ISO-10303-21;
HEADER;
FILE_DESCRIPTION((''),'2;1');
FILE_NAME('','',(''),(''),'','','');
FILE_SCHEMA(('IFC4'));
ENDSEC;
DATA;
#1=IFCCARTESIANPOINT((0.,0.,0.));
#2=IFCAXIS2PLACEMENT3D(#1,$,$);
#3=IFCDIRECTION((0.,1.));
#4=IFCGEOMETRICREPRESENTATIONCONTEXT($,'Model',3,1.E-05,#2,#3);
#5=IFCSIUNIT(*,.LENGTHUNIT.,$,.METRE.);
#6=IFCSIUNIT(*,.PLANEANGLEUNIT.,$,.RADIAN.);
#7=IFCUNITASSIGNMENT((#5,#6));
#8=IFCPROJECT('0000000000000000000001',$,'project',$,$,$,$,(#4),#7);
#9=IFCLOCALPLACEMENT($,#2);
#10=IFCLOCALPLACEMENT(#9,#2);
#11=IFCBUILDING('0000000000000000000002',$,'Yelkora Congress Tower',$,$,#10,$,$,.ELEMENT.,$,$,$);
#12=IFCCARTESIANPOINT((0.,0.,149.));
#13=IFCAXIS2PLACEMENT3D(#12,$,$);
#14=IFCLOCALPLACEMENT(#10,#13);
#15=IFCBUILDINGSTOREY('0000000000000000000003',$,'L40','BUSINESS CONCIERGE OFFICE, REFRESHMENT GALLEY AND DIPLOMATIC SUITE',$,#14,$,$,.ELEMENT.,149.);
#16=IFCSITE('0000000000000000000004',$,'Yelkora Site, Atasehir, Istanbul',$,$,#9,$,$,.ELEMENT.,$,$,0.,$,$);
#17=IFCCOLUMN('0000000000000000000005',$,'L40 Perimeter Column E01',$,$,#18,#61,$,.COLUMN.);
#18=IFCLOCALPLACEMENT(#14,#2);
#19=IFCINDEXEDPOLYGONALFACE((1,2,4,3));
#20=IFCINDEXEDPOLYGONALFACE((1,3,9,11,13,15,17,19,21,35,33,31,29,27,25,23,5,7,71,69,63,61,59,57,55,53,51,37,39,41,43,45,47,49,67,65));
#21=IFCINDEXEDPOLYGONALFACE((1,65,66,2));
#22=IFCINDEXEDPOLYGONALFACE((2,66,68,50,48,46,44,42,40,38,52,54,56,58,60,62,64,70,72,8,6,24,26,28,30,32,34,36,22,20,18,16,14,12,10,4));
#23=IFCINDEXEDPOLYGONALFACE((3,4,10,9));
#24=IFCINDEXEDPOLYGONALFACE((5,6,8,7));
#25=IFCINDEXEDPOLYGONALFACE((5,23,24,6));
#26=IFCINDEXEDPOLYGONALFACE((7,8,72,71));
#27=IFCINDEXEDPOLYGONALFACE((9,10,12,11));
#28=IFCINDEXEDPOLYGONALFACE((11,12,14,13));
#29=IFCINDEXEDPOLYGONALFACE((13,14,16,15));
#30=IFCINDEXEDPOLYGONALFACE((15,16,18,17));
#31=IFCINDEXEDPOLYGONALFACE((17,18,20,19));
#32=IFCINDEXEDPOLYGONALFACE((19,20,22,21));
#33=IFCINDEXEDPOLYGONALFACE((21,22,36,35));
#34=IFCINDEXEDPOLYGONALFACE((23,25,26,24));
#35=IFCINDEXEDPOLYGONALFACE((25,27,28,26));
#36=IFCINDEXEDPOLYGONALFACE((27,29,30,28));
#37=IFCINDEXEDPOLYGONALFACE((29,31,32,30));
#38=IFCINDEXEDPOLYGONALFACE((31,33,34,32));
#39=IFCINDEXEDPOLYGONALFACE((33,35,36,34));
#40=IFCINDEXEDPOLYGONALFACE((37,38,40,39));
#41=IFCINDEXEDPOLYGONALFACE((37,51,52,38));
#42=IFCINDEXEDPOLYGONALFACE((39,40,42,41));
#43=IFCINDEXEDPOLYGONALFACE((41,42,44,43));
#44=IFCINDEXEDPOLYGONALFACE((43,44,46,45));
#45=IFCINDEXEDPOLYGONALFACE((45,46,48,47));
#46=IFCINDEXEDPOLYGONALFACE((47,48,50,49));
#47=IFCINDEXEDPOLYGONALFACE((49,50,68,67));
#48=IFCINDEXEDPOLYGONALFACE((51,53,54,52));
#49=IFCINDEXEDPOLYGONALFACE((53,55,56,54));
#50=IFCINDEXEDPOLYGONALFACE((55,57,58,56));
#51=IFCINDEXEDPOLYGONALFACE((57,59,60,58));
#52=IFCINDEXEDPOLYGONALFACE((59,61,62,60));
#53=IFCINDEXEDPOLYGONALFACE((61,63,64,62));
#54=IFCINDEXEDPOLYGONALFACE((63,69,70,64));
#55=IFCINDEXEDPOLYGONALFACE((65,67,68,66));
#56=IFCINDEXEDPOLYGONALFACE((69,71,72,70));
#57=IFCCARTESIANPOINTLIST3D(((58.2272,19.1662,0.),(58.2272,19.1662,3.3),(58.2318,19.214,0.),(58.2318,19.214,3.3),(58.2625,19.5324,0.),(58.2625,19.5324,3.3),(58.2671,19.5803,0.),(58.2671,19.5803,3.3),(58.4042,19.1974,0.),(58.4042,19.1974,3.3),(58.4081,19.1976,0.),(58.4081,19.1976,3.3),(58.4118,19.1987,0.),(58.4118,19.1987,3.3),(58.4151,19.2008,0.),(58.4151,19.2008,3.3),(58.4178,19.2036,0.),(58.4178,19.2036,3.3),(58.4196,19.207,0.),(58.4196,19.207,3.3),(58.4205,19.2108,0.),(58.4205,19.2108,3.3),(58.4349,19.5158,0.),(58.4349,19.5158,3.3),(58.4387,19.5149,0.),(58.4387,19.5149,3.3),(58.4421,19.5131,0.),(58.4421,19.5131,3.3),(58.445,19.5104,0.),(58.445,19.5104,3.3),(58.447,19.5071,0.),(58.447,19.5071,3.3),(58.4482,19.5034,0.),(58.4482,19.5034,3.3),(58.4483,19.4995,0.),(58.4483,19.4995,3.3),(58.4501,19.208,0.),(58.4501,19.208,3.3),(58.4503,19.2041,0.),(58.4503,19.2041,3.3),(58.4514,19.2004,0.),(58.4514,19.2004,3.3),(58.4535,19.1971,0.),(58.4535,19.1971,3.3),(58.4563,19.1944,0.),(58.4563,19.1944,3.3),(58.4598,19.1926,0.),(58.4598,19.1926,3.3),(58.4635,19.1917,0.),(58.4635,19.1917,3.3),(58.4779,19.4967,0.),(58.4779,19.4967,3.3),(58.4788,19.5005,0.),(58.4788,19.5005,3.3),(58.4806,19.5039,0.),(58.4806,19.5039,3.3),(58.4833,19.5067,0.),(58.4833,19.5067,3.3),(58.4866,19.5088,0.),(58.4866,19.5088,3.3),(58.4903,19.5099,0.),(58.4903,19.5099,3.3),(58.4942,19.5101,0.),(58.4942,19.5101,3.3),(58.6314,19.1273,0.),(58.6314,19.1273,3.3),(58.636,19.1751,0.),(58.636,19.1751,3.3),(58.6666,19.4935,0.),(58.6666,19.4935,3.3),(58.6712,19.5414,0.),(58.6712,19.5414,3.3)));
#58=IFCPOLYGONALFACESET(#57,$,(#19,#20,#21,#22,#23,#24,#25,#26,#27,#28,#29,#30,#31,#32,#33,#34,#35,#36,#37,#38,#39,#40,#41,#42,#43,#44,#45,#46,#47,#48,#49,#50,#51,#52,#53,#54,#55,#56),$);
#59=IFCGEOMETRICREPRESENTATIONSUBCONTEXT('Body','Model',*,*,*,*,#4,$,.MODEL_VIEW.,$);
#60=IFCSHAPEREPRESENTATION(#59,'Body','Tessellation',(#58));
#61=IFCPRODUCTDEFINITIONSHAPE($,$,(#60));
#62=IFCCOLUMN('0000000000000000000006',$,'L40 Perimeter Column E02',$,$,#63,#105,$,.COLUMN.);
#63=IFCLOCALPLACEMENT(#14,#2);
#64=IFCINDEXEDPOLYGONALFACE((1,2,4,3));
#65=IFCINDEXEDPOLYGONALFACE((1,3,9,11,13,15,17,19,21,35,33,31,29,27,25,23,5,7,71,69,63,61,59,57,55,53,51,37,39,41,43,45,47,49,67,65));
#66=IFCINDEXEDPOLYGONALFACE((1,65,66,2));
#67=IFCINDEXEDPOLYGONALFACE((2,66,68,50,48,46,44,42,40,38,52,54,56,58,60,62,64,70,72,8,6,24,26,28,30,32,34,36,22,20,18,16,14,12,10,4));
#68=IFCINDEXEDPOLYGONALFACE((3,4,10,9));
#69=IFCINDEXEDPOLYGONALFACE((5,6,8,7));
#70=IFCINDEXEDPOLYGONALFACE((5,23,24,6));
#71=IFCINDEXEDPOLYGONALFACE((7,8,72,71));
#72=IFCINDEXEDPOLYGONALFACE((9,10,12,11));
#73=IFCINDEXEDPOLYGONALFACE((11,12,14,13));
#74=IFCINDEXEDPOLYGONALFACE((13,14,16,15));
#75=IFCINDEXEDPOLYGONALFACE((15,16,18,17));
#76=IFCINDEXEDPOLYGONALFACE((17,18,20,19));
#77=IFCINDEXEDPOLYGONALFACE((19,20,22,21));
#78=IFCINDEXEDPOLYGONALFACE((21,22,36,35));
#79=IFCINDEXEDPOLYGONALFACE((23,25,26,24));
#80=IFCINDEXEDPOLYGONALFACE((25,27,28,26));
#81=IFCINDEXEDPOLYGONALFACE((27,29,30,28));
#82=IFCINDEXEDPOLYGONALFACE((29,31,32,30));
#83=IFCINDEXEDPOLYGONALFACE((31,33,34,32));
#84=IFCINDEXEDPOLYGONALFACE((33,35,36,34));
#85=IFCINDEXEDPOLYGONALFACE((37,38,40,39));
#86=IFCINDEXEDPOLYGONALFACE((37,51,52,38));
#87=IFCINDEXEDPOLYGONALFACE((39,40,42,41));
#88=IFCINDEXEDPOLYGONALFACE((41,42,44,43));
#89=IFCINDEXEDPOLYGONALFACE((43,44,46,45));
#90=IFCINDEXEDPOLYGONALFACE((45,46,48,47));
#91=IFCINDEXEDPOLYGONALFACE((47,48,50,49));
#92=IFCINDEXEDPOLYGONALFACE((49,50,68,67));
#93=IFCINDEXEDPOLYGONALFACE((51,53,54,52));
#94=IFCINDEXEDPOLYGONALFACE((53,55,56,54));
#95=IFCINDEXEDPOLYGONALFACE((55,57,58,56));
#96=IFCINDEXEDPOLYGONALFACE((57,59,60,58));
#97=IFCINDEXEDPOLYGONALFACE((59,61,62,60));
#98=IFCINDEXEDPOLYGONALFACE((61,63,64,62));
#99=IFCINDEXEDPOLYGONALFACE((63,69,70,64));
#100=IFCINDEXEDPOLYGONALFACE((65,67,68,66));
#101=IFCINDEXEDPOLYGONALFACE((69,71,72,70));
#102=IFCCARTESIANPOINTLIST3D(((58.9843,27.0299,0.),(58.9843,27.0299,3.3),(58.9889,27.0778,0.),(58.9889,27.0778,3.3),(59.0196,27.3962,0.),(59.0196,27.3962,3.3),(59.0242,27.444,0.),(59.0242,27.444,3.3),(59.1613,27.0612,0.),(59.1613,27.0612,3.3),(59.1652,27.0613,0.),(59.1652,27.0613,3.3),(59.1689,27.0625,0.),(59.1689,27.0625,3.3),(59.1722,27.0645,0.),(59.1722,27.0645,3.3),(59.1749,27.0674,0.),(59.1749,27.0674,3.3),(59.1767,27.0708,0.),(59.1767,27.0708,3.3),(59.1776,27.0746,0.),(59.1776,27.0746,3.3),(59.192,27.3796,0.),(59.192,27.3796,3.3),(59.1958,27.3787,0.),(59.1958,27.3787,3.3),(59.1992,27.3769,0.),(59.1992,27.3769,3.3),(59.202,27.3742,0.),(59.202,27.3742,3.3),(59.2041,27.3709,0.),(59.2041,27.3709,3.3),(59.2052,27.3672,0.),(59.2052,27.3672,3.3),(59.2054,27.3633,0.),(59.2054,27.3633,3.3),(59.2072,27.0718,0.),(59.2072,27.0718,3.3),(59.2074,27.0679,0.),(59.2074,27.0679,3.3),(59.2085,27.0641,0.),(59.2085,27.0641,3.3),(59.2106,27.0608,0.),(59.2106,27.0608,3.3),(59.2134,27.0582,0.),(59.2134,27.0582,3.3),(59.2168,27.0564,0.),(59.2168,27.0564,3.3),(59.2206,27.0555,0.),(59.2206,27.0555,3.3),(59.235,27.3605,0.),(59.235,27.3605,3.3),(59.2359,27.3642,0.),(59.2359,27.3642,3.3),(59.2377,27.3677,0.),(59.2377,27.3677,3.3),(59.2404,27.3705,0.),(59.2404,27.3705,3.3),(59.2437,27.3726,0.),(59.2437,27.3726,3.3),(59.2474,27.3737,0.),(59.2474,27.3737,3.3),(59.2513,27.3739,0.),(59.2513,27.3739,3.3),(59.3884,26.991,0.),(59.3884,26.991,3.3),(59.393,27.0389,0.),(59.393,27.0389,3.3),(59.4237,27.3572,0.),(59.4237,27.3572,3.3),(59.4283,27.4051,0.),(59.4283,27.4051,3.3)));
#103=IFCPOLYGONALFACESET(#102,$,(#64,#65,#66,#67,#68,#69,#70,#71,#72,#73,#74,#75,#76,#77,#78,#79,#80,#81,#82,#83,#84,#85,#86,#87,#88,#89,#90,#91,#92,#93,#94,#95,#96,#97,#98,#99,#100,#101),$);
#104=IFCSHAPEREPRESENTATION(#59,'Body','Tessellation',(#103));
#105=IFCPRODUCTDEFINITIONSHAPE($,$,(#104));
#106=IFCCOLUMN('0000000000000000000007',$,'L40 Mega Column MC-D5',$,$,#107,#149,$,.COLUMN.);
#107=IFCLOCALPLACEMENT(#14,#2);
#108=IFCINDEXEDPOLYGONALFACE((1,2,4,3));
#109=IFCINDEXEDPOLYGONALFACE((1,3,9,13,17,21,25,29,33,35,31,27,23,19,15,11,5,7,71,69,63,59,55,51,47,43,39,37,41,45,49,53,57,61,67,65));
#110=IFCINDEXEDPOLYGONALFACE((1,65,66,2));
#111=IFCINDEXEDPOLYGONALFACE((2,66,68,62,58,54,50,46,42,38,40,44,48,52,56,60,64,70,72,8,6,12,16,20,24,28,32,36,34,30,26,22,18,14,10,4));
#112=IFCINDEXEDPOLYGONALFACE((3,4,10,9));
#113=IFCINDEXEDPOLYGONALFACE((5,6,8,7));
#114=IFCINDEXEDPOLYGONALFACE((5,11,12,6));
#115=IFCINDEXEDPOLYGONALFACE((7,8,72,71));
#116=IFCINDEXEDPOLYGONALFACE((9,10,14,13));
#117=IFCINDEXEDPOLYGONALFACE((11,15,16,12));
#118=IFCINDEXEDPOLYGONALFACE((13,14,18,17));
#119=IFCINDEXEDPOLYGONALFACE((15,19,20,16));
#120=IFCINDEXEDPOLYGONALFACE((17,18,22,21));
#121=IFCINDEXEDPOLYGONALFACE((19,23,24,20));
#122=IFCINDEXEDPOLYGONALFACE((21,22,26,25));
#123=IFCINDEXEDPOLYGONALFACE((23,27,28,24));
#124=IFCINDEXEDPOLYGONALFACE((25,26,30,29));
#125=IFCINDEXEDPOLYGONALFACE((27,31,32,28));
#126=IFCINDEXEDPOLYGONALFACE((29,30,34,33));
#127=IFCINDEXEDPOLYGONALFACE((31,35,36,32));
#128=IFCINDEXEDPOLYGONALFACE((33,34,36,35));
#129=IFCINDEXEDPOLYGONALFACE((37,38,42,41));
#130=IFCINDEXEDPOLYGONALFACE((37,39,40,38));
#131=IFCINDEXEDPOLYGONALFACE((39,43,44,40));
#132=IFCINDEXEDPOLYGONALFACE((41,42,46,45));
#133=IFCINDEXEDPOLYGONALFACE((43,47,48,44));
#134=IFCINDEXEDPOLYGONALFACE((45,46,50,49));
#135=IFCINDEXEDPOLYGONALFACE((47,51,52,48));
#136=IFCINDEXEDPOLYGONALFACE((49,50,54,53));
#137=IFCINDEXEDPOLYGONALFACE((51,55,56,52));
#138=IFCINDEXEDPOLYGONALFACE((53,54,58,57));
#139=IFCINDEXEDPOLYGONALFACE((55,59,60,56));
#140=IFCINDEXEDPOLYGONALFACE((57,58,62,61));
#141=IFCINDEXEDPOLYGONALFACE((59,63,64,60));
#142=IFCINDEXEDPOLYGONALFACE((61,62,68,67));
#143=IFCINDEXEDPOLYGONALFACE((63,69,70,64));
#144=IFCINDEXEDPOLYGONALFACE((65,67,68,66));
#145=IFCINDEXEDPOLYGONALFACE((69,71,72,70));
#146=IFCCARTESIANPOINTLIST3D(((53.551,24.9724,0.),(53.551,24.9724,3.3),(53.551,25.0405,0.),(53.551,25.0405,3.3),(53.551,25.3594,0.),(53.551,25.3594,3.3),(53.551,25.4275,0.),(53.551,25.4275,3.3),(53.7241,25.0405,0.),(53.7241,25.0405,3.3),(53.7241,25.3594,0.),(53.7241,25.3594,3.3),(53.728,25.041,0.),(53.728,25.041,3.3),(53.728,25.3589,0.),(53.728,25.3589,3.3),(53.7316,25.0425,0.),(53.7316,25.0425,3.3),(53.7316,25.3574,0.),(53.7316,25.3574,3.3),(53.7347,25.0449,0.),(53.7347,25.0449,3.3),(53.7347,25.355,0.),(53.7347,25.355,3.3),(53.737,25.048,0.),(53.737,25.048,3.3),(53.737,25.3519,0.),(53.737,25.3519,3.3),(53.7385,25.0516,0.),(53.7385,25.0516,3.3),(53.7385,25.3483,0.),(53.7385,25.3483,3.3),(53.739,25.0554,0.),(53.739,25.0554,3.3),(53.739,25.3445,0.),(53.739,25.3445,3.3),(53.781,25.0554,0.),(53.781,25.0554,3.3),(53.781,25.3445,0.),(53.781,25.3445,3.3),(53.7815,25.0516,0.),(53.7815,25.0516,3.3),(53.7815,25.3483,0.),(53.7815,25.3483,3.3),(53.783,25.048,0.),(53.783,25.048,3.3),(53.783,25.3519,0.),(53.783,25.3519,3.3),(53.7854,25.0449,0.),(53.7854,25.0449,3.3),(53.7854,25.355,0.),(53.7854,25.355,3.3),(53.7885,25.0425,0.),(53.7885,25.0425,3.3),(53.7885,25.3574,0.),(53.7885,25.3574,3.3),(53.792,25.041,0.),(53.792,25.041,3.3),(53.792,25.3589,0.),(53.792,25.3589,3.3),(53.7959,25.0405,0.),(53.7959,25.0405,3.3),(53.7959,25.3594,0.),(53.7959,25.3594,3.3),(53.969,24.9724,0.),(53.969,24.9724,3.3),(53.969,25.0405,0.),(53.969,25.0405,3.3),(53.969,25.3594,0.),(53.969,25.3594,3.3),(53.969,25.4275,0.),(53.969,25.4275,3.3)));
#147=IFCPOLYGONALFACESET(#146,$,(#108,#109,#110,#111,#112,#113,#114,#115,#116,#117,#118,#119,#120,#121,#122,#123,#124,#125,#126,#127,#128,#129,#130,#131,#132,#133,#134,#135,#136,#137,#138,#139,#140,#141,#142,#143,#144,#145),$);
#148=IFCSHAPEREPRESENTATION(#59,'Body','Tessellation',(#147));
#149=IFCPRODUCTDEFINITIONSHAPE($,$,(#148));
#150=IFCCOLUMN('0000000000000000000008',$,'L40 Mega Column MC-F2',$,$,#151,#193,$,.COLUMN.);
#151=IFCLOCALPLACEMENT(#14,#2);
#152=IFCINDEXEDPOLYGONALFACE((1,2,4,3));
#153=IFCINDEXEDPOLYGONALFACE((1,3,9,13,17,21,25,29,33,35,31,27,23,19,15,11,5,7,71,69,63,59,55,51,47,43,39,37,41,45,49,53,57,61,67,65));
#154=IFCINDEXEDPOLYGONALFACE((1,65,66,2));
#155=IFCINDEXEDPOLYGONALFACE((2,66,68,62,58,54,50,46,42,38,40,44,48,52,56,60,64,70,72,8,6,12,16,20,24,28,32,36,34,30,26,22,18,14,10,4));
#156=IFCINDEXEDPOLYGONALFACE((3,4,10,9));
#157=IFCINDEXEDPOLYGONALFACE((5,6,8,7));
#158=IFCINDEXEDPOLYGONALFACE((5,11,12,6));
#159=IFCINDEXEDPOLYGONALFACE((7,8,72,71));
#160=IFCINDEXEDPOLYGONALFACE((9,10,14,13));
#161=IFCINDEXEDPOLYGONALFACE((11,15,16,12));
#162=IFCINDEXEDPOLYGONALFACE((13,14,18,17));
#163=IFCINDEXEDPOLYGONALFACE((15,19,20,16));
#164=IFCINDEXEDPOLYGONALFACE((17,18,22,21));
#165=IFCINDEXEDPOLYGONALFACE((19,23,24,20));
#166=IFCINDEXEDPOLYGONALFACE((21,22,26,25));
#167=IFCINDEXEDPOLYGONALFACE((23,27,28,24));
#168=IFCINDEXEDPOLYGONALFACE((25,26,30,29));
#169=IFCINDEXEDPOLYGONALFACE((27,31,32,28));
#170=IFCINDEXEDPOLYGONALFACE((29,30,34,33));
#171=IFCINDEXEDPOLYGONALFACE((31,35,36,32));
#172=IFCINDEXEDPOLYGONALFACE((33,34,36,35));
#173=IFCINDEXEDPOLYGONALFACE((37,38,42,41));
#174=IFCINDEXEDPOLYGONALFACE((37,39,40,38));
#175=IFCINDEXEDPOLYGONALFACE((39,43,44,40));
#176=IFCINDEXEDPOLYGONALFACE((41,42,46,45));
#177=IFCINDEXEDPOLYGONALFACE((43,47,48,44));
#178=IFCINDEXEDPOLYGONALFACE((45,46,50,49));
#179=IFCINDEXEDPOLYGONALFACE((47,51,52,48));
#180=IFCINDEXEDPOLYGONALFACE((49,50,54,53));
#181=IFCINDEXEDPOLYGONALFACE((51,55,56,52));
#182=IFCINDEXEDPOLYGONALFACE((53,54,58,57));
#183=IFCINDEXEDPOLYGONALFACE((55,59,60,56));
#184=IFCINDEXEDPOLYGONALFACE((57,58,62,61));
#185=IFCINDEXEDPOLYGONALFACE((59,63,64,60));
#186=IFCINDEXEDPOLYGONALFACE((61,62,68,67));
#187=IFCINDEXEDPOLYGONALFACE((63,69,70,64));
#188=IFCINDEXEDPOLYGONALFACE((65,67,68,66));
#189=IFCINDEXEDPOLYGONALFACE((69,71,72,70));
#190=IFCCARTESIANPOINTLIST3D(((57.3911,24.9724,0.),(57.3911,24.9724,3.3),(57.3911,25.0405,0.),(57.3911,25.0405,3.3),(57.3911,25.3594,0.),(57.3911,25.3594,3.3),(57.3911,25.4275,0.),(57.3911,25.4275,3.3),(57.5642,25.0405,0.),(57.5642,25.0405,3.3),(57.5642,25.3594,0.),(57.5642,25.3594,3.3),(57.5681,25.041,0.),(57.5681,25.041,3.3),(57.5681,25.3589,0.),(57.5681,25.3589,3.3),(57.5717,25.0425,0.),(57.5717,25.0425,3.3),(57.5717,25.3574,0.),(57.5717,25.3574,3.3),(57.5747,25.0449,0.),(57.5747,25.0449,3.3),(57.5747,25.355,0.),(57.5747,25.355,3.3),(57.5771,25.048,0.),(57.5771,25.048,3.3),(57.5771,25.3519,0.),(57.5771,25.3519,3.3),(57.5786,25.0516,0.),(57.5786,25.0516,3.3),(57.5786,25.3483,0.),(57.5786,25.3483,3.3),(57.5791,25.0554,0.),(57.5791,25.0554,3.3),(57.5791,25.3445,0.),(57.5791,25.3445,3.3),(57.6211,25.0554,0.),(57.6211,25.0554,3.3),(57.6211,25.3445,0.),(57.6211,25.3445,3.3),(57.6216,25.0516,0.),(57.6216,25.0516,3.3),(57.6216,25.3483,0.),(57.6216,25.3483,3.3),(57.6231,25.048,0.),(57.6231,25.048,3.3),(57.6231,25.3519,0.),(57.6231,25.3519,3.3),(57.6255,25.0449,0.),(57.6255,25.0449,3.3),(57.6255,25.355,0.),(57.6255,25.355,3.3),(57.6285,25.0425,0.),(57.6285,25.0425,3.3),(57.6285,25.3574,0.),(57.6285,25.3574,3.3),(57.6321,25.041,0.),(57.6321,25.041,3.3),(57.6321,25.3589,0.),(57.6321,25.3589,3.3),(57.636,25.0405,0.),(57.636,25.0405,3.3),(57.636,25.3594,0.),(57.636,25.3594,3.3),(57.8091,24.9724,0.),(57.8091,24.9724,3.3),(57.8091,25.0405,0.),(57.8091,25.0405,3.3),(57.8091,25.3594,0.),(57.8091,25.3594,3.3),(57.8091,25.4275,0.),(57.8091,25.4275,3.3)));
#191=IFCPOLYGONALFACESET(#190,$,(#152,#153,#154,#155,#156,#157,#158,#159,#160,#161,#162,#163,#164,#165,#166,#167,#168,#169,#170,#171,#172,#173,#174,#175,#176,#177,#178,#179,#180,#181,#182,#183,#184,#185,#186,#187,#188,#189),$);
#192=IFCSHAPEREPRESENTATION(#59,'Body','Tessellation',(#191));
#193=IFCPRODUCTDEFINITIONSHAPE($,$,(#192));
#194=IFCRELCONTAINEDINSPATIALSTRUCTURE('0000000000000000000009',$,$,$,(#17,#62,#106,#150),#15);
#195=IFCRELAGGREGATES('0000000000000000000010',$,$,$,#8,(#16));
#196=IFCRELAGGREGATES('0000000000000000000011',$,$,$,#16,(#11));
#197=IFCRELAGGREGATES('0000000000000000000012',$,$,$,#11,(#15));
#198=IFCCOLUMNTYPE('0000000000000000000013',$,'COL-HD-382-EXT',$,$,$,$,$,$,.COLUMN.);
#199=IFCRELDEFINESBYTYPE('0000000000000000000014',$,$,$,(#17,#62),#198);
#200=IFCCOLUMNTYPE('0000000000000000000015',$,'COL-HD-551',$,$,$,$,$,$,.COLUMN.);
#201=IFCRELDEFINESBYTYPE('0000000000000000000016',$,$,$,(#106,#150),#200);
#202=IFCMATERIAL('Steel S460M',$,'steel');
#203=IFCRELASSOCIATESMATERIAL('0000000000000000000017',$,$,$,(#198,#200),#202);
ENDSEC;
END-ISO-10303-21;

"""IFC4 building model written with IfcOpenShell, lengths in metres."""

from ifc_helpers import new_model, si_unit, direction, frame, origin, origin_2d, place, context, subcontext, project, spatial, i_section, extrude, material, material_profile, profile_set, type_object, element, save


model = new_model("IFC4")

# Units and contexts
model_context = context("Model", 3, precision=1e-05, world=origin(), true_north=direction((0.0, 1.0)))
body_context = subcontext(model_context, "Body", "Model", "MODEL_VIEW")
ifc_project = project(units=[si_unit("LENGTHUNIT", "METRE"), si_unit("PLANEANGLEUNIT", "RADIAN")], contexts=[model_context])

# Site, building, storey
site_placement = place(None, origin())
site = spatial("IfcSite", under=ifc_project, at=site_placement, Name="Yelkora Site, Atasehir, Istanbul", CompositionType="ELEMENT", RefElevation=0.0)
building_placement = place(site_placement, origin())
building = spatial("IfcBuilding", under=site, at=building_placement, Name="Yelkora Congress Tower", CompositionType="ELEMENT")
storey_placement = place(building_placement, frame((0.0, 0.0, 149.0)))
storey = spatial("IfcBuildingStorey", under=building, at=storey_placement, Name="L40", Description="BUSINESS CONCIERGE OFFICE, REFRESHMENT GALLEY AND DIPLOMATIC SUITE", CompositionType="ELEMENT", Elevation=149.0)

# Columns
ifc_material_1 = material(Name="Steel S460M", Category="steel")
ifc_material_profile_1 = material_profile(ifc_material_1, i_section(OverallWidth=0.406, OverallDepth=0.416, WebThickness=0.0298, FlangeThickness=0.0481, FilletRadius=0.0149, at=origin_2d()), Name="HD 400x382")
ifc_profile_set_1 = profile_set([ifc_material_profile_1], Name="Steel S460M")
column_type_1 = type_object("IfcColumnType", Name="COL-HD-382-EXT", PredefinedType="COLUMN", material=ifc_profile_set_1)
for number, where, z_axis, x_axis, name in (
    (1, (58.4492, 19.3538, 0.0), (0.0, 0.0, 1.0), (0.995396, -0.095846, 0.0), "L40 Perimeter Column E01"),
    (2, (59.2063, 27.2175, 0.0), (0.0, 0.0, 1.0), (0.995396, -0.095846, 0.0), "L40 Perimeter Column E02"),
):
    element("IfcColumn", number, at=place(storey_placement, frame(where, z_axis=z_axis, x_axis=x_axis)), inside=storey, type_object=column_type_1, Name=name, PredefinedType="COLUMN", context=body_context, shape_type="SweptSolid", body=[
        extrude(i_section(OverallWidth=0.406, OverallDepth=0.416, WebThickness=0.0298, FlangeThickness=0.0481, FilletRadius=0.0149, at=origin_2d()), origin(), (0.0, 0.0, 1.0), 3.3),
    ])
ifc_material_profile_2 = material_profile(ifc_material_1, i_section(OverallWidth=0.418, OverallDepth=0.4551, WebThickness=0.042, FlangeThickness=0.0681, FilletRadius=0.0149, at=origin_2d()), Name="HD 400x551")
ifc_profile_set_2 = profile_set([ifc_material_profile_2], Name="Steel S460M")
column_type_2 = type_object("IfcColumnType", Name="COL-HD-551", PredefinedType="COLUMN", material=ifc_profile_set_2)
for number, where, z_axis, x_axis, name in (
    (3, (53.76, 25.2, 0.0), (0.0, 0.0, 1.0), (1.0, 0.0, 0.0), "L40 Mega Column MC-D5"),
    (4, (57.6001, 25.2, 0.0), (0.0, 0.0, 1.0), (1.0, 0.0, 0.0), "L40 Mega Column MC-F2"),
):
    element("IfcColumn", number, at=place(storey_placement, frame(where, z_axis=z_axis, x_axis=x_axis)), inside=storey, type_object=column_type_2, Name=name, PredefinedType="COLUMN", context=body_context, shape_type="SweptSolid", body=[
        extrude(i_section(OverallWidth=0.418, OverallDepth=0.4551, WebThickness=0.042, FlangeThickness=0.0681, FilletRadius=0.0149, at=origin_2d()), origin(), (0.0, 0.0, 1.0), 3.3),
    ])

save(model, "model.ifc")
